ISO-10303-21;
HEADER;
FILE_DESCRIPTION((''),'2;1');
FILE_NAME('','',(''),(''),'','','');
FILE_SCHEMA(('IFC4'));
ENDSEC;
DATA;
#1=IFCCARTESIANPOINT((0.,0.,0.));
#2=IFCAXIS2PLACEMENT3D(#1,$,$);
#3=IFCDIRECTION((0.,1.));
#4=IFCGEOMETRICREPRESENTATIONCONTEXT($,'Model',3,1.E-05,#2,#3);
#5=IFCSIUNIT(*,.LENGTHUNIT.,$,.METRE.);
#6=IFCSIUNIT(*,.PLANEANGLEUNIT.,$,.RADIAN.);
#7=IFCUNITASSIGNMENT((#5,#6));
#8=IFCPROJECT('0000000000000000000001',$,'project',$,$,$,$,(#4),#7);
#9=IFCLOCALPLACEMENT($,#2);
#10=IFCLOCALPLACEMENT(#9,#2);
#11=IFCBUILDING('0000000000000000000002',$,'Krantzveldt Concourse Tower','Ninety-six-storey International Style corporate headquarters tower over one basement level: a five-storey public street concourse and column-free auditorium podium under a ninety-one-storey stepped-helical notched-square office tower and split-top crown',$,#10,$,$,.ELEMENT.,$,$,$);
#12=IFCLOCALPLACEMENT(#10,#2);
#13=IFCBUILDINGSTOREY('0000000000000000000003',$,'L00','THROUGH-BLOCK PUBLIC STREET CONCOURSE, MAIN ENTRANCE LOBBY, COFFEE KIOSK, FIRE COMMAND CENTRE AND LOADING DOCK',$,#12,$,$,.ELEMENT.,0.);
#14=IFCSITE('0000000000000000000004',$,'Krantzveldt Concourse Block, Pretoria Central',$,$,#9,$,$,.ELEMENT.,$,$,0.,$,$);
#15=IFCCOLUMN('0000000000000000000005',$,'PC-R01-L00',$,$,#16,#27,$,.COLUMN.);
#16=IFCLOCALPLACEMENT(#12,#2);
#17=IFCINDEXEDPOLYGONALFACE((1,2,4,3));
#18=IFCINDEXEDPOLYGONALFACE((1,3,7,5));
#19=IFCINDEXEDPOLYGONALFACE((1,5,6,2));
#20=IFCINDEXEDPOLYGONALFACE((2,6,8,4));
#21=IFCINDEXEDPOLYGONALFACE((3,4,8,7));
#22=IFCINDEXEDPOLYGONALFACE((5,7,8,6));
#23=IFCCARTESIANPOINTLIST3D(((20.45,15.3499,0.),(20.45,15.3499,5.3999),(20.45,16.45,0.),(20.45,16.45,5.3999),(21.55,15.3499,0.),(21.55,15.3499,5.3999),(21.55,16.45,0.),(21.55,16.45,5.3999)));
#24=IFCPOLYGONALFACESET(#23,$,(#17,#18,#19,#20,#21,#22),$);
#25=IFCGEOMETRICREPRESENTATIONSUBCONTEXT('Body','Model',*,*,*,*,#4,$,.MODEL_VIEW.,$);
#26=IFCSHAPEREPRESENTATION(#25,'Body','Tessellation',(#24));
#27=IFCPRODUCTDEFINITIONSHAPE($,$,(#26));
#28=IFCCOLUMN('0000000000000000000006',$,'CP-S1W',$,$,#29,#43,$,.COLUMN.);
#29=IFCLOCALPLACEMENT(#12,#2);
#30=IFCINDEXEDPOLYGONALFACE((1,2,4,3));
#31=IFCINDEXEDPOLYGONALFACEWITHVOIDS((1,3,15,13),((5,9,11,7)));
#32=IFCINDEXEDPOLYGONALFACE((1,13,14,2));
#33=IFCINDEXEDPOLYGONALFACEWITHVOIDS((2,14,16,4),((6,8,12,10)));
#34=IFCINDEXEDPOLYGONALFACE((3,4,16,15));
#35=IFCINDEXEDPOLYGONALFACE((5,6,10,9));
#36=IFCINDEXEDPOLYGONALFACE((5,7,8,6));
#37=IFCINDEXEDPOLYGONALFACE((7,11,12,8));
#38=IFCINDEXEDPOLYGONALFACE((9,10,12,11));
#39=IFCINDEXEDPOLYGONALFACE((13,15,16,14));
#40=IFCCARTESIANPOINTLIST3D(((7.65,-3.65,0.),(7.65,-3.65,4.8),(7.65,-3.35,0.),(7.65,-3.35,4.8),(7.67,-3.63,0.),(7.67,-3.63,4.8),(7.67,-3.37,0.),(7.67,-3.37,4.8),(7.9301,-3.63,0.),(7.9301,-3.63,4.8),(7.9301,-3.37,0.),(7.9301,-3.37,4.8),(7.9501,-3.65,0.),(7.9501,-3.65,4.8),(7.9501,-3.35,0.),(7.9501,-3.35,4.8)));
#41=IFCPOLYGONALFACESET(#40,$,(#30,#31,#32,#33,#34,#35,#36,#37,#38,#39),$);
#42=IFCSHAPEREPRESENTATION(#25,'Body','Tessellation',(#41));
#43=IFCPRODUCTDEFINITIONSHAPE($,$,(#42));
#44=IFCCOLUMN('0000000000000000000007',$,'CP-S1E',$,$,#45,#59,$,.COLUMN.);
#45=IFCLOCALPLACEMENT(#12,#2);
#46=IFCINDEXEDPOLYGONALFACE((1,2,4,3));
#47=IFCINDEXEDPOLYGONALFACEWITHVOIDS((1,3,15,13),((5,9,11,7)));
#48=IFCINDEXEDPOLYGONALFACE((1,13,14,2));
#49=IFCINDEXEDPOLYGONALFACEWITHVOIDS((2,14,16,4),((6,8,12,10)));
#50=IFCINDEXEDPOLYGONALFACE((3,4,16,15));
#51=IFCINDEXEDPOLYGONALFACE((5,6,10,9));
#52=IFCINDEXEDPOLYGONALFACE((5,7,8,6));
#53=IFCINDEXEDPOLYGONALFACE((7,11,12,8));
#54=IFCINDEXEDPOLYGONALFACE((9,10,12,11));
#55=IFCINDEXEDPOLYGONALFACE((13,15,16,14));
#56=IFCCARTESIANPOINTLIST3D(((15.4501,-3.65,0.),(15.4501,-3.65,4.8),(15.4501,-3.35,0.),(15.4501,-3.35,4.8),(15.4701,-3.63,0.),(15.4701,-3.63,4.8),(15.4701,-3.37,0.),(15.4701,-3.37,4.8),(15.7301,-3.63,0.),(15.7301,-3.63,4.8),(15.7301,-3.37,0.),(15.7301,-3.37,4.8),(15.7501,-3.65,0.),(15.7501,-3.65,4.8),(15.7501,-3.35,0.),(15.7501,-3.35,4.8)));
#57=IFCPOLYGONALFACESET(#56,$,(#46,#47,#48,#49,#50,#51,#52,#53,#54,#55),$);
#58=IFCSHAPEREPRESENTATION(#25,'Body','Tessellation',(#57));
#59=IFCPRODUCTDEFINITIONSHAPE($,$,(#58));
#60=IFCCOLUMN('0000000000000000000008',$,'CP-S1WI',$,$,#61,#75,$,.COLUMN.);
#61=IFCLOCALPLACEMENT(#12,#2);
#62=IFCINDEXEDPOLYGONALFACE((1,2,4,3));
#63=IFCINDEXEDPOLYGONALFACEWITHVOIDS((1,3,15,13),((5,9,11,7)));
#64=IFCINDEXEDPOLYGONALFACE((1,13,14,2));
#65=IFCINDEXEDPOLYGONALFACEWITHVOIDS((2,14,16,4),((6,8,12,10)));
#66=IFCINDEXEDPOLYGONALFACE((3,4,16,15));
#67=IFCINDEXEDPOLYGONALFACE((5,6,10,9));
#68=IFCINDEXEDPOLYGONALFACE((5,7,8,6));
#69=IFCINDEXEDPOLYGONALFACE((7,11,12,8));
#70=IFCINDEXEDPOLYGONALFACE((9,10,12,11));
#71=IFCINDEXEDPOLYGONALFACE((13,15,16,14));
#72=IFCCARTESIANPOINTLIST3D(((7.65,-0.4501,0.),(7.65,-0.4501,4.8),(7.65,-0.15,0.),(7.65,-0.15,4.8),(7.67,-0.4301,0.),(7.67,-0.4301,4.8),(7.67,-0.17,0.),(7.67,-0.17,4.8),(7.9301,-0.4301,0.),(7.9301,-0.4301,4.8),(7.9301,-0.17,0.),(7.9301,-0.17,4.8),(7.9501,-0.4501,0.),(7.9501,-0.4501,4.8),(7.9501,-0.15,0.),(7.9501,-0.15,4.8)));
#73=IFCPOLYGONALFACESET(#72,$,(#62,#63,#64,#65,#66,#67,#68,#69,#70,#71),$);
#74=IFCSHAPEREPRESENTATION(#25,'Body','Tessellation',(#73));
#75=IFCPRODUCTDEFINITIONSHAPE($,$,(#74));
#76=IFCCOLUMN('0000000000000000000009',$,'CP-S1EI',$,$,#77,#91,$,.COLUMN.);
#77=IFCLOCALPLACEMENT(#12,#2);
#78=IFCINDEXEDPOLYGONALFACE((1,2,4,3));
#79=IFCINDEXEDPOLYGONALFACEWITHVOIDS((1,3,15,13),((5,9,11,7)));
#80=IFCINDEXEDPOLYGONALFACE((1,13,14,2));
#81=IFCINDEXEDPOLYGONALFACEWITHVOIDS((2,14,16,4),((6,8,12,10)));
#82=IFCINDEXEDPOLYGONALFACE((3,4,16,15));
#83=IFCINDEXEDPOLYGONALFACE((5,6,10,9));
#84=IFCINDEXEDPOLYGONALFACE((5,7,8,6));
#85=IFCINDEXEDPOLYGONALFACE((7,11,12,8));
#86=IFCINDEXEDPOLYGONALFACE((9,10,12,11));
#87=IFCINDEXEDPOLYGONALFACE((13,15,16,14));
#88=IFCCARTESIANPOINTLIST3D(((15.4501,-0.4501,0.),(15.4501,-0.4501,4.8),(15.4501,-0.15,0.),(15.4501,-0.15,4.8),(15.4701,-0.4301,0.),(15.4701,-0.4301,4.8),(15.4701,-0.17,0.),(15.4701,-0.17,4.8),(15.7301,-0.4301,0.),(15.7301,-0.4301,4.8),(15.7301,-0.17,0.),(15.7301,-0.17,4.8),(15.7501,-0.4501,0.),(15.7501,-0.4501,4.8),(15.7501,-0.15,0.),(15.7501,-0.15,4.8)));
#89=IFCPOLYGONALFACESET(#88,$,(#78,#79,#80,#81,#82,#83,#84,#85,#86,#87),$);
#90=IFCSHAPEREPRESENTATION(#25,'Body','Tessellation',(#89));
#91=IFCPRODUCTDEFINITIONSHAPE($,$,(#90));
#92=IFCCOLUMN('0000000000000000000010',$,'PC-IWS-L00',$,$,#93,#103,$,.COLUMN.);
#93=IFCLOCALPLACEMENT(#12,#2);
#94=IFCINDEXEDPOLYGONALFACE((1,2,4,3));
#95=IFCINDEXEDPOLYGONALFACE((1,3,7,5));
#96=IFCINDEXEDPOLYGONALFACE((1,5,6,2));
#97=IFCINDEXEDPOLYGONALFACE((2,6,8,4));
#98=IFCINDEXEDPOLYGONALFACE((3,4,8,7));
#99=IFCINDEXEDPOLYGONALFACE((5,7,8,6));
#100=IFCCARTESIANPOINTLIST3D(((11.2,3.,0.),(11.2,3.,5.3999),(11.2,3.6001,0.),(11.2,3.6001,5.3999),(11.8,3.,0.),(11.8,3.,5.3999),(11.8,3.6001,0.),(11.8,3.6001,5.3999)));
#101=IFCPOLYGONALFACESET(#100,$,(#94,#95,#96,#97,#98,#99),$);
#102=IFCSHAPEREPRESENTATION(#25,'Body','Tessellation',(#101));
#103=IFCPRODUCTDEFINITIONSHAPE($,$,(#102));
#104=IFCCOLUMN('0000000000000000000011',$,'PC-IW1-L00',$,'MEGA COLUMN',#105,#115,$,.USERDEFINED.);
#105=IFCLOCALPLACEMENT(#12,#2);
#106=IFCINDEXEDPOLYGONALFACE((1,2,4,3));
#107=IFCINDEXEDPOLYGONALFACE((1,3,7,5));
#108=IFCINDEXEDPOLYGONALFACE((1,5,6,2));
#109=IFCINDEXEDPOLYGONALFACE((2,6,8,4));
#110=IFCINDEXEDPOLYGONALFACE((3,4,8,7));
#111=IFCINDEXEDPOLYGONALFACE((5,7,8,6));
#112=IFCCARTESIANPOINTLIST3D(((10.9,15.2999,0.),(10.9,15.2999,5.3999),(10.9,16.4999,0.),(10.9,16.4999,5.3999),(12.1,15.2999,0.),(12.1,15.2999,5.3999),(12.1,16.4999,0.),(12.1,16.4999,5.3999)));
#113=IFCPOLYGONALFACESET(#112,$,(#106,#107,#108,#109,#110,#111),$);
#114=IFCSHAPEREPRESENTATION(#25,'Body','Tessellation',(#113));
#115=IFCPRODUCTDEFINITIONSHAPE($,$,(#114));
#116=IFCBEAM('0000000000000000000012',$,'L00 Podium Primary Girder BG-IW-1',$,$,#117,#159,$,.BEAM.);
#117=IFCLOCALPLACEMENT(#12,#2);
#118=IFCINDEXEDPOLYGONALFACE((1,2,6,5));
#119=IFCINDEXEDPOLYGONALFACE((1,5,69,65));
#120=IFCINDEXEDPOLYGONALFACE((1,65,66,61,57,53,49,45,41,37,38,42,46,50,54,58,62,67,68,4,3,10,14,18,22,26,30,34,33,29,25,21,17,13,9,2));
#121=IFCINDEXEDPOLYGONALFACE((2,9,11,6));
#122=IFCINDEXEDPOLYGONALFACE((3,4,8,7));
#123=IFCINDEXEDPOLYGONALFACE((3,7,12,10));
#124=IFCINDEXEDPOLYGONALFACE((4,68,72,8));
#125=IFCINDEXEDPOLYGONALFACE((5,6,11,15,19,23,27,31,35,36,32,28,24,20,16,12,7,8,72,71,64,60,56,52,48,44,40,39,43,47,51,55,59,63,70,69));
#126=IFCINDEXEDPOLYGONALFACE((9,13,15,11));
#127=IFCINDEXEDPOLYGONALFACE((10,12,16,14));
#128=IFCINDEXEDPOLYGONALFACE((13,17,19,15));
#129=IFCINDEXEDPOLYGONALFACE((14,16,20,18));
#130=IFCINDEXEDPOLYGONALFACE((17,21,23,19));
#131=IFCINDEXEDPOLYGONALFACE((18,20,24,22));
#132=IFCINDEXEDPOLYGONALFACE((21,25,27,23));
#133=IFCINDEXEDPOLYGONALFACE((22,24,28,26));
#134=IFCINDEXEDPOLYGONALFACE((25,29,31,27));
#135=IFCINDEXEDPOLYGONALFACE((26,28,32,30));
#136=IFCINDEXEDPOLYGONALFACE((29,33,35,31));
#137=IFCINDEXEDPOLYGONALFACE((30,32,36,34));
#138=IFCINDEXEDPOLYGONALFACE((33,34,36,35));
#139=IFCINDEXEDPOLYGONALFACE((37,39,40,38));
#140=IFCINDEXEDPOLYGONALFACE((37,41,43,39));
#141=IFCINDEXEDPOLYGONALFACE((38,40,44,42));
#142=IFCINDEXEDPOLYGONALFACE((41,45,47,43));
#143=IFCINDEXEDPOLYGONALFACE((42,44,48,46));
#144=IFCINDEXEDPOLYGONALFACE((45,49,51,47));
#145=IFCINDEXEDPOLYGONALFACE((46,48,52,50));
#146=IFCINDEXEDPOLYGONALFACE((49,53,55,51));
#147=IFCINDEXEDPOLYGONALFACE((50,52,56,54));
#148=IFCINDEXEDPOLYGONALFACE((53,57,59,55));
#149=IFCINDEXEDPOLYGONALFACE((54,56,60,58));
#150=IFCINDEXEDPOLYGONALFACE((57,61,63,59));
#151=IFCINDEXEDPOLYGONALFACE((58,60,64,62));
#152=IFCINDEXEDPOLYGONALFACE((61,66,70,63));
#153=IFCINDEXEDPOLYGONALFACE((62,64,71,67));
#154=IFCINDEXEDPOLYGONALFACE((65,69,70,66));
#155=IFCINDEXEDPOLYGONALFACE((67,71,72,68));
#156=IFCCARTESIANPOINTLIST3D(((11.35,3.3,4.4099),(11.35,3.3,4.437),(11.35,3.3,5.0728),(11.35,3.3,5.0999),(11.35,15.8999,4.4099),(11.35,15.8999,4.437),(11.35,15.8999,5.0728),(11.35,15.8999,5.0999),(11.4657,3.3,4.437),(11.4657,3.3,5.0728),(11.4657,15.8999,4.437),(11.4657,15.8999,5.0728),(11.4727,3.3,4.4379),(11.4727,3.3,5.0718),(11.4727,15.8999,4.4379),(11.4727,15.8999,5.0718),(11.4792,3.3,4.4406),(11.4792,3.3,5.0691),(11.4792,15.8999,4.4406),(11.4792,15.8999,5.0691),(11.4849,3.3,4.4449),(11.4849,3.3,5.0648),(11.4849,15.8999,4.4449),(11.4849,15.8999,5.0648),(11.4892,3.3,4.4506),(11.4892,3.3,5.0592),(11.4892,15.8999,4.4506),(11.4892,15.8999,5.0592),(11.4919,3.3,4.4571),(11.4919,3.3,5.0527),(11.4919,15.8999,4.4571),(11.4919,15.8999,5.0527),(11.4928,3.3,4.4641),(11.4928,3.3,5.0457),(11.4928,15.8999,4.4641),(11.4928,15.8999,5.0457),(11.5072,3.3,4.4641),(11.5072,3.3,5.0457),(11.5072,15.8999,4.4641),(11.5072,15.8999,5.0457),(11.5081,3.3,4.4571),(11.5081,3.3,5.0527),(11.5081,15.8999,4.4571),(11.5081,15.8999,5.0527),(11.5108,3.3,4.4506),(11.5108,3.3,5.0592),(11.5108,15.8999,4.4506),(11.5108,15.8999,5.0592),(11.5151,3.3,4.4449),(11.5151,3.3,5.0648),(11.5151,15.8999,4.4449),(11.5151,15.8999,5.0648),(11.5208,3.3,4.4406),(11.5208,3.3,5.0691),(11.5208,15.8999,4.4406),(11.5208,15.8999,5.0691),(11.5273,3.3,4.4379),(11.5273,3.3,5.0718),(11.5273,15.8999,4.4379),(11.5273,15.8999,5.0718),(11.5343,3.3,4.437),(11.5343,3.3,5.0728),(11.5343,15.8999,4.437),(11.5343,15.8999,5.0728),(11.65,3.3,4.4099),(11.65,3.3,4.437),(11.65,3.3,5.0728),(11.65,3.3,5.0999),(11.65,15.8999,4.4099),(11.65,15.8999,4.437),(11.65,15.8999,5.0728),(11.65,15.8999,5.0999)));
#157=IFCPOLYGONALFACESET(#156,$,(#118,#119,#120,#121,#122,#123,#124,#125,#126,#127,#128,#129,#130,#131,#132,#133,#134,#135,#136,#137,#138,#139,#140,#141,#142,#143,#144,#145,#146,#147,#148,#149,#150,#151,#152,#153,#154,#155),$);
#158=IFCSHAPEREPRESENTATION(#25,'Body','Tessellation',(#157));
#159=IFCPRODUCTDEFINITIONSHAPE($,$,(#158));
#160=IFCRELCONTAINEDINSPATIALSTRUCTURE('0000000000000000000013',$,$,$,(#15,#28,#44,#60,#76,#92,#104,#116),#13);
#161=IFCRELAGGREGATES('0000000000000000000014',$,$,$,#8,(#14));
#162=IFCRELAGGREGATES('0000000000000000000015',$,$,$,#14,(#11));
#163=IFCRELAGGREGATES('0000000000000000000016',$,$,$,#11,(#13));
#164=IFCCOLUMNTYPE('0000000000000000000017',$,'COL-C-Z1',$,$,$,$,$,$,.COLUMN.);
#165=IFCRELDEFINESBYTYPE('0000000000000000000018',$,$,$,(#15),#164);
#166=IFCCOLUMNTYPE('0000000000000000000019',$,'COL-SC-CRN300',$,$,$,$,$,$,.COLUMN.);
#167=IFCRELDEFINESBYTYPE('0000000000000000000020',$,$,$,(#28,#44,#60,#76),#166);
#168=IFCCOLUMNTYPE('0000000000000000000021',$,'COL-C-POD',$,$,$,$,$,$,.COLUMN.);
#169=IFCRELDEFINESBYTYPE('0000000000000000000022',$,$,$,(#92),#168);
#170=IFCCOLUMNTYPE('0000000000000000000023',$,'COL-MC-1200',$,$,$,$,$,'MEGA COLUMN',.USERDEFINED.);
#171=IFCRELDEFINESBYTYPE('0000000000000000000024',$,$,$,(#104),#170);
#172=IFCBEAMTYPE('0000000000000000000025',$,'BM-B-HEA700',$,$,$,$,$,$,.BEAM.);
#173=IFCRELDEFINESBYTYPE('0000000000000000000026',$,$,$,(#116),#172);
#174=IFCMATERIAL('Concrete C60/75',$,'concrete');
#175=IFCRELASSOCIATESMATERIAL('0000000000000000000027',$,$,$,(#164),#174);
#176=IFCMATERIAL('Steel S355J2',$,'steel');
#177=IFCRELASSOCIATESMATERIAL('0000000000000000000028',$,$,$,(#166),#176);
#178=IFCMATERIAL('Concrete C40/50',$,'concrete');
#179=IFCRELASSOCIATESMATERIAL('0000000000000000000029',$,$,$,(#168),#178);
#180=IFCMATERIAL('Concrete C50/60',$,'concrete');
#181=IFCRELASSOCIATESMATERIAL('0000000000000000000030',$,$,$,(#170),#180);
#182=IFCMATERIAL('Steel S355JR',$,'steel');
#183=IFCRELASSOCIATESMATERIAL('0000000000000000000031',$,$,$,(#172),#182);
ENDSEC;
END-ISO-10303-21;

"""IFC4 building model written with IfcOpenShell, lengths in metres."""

from ifc_helpers import new_model, si_unit, direction, frame, origin, origin_2d, place, context, subcontext, project, spatial, rectangle, hollow_rectangle, i_section, extrude, source, transform, mapped, material, material_profile, profile_set, type_object, type_shapes, element, save


model = new_model("IFC4")

# Units and contexts
model_context = context("Model", 3, precision=1e-05, world=origin(), true_north=direction((0.0, 1.0)))
body_context = subcontext(model_context, "Body", "Model", "MODEL_VIEW")
ifc_project = project(units=[si_unit("LENGTHUNIT", "METRE"), si_unit("PLANEANGLEUNIT", "RADIAN")], contexts=[model_context])

# Site, building, storey
site_placement = place(None, origin())
site = spatial("IfcSite", under=ifc_project, at=site_placement, Name="Krantzveldt Concourse Block, Pretoria Central", CompositionType="ELEMENT", RefElevation=0.0)
building_placement = place(site_placement, origin())
building = spatial("IfcBuilding", under=site, at=building_placement, Name="Krantzveldt Concourse Tower", Description="Ninety-six-storey International Style corporate headquarters tower over one basement level: a five-storey public street concourse and column-free auditorium podium under a ninety-one-storey stepped-helical notched-square office tower and split-top crown", CompositionType="ELEMENT")
storey_placement = place(building_placement, origin())
storey = spatial("IfcBuildingStorey", under=building, at=storey_placement, Name="L00", Description="THROUGH-BLOCK PUBLIC STREET CONCOURSE, MAIN ENTRANCE LOBBY, COFFEE KIOSK, FIRE COMMAND CENTRE AND LOADING DOCK", CompositionType="ELEMENT", Elevation=0.0)

# Columns
ifc_material_1 = material(Name="Concrete C60/75", Category="concrete")
ifc_material_profile_1 = material_profile(ifc_material_1, rectangle(XDim=1.1001, YDim=1.1001, at=origin_2d()), Name="Concrete C60/75", Category="concrete")
ifc_profile_set_1 = profile_set([ifc_material_profile_1], Name="Concrete C60/75 - RC 1100x1100")
column_type_1 = type_object("IfcColumnType", Name="COL-C-Z1", PredefinedType="COLUMN", material=ifc_profile_set_1)
shared_shape_1 = source(origin(), body_context, "Body", "SweptSolid", [
    extrude(rectangle(XDim=1.1001, YDim=1.1001, at=origin_2d()), origin(), (0.0, 0.0, 1.0), 5.3999),
])
type_shapes(column_type_1, [shared_shape_1])
column_1_placement = place(storey_placement, frame((21.0, 15.8999, 0.0), z_axis=(0.0, 0.0, 1.0), x_axis=(1.0, 0.0, 0.0)))
element("IfcColumn", 1, at=column_1_placement, inside=storey, type_object=column_type_1, Name="PC-R01-L00", PredefinedType="COLUMN", context=body_context, shape_type="MappedRepresentation", body=[
    mapped(shared_shape_1, transform((0.0, 0.0, 0.0), x_axis=(1.0, 0.0, 0.0), y_axis=(0.0, 1.0, 0.0), z_axis=(0.0, 0.0, 1.0), scale=1.0)),
])
ifc_material_2 = material(Name="Steel S355J2", Category="steel")
ifc_material_profile_2 = material_profile(ifc_material_2, hollow_rectangle(XDim=0.3, YDim=0.3, WallThickness=0.02, at=origin_2d()), Name="Steel S355J2", Category="steel")
ifc_profile_set_2 = profile_set([ifc_material_profile_2], Name="Steel S355J2 - SHS 300x300x20")
column_type_2 = type_object("IfcColumnType", Name="COL-SC-CRN300", PredefinedType="COLUMN", material=ifc_profile_set_2)
shared_shape_2 = source(origin(), body_context, "Body", "SweptSolid", [
    extrude(hollow_rectangle(XDim=0.3, YDim=0.3, WallThickness=0.02, at=origin_2d()), origin(), (0.0, 0.0, 1.0), 4.8),
])
type_shapes(column_type_2, [shared_shape_2])
for number, where, z_axis, x_axis, name in (
    (2, (7.8, -3.5, 0.0), (0.0, 0.0, 1.0), (1.0, 0.0, 0.0), "CP-S1W"),
    (3, (15.6001, -3.5, 0.0), (0.0, 0.0, 1.0), (1.0, 0.0, 0.0), "CP-S1E"),
    (4, (7.8, -0.3, 0.0), (0.0, 0.0, 1.0), (1.0, 0.0, 0.0), "CP-S1WI"),
    (5, (15.6001, -0.3, 0.0), (0.0, 0.0, 1.0), (1.0, 0.0, 0.0), "CP-S1EI"),
):
    element("IfcColumn", number, at=place(storey_placement, frame(where, z_axis=z_axis, x_axis=x_axis)), inside=storey, type_object=column_type_2, Name=name, PredefinedType="COLUMN", context=body_context, shape_type="MappedRepresentation", body=[
        mapped(shared_shape_2, transform((0.0, 0.0, 0.0), x_axis=(1.0, 0.0, 0.0), y_axis=(0.0, 1.0, 0.0), z_axis=(0.0, 0.0, 1.0), scale=1.0)),
    ])
ifc_material_3 = material(Name="Concrete C40/50", Category="concrete")
ifc_material_profile_3 = material_profile(ifc_material_3, rectangle(XDim=0.6001, YDim=0.6001, at=origin_2d()), Name="Concrete C40/50", Category="concrete")
ifc_profile_set_3 = profile_set([ifc_material_profile_3], Name="Concrete C40/50 - RC 600x600")
column_type_3 = type_object("IfcColumnType", Name="COL-C-POD", PredefinedType="COLUMN", material=ifc_profile_set_3)
shared_shape_3 = source(origin(), body_context, "Body", "SweptSolid", [
    extrude(rectangle(XDim=0.6001, YDim=0.6001, at=origin_2d()), origin(), (0.0, 0.0, 1.0), 5.3999),
])
type_shapes(column_type_3, [shared_shape_3])
column_2_placement = place(storey_placement, frame((11.5, 3.3, 0.0), z_axis=(0.0, 0.0, 1.0), x_axis=(1.0, 0.0, 0.0)))
element("IfcColumn", 6, at=column_2_placement, inside=storey, type_object=column_type_3, Name="PC-IWS-L00", PredefinedType="COLUMN", context=body_context, shape_type="MappedRepresentation", body=[
    mapped(shared_shape_3, transform((0.0, 0.0, 0.0), x_axis=(1.0, 0.0, 0.0), y_axis=(0.0, 1.0, 0.0), z_axis=(0.0, 0.0, 1.0), scale=1.0)),
])
ifc_material_4 = material(Name="Concrete C50/60", Category="concrete")
ifc_material_profile_4 = material_profile(ifc_material_4, rectangle(XDim=1.2, YDim=1.2, at=origin_2d()), Name="Concrete C50/60", Category="concrete")
ifc_profile_set_4 = profile_set([ifc_material_profile_4], Name="Concrete C50/60 - RC 1200x1200")
column_type_4 = type_object("IfcColumnType", Name="COL-MC-1200", ElementType="MEGA COLUMN", PredefinedType="USERDEFINED", material=ifc_profile_set_4)
shared_shape_4 = source(origin(), body_context, "Body", "SweptSolid", [
    extrude(rectangle(XDim=1.2, YDim=1.2, at=origin_2d()), origin(), (0.0, 0.0, 1.0), 5.3999),
])
type_shapes(column_type_4, [shared_shape_4])
column_3_placement = place(storey_placement, frame((11.5, 15.8999, 0.0), z_axis=(0.0, 0.0, 1.0), x_axis=(1.0, 0.0, 0.0)))
element("IfcColumn", 7, at=column_3_placement, inside=storey, type_object=column_type_4, Name="PC-IW1-L00", ObjectType="MEGA COLUMN", PredefinedType="USERDEFINED", context=body_context, shape_type="MappedRepresentation", body=[
    mapped(shared_shape_4, transform((0.0, 0.0, 0.0), x_axis=(1.0, 0.0, 0.0), y_axis=(0.0, 1.0, 0.0), z_axis=(0.0, 0.0, 1.0), scale=1.0)),
])

# Beam
ifc_material_5 = material(Name="Steel S355JR", Category="steel")
ifc_material_profile_5 = material_profile(ifc_material_5, i_section(OverallWidth=0.3, OverallDepth=0.6899, WebThickness=0.0144, FlangeThickness=0.0271, FilletRadius=0.0271, at=origin_2d()), Name="Steel S355JR", Category="steel")
ifc_profile_set_5 = profile_set([ifc_material_profile_5], Name="Steel S355JR - HEA 700")
beam_type_1 = type_object("IfcBeamType", Name="BM-B-HEA700", PredefinedType="BEAM", material=ifc_profile_set_5)
shared_shape_5 = source(origin(), body_context, "Body", "SweptSolid", [
    extrude(i_section(OverallWidth=0.3, OverallDepth=0.6899, WebThickness=0.0144, FlangeThickness=0.0271, FilletRadius=0.0271, at=origin_2d()), origin(), (0.0, 0.0, 1.0), 12.5999),
])
type_shapes(beam_type_1, [shared_shape_5])
beam_1_placement = place(storey_placement, frame((11.5, 3.3, 4.7549), z_axis=(0.0, 1.0, 0.0), x_axis=(-1.0, 0.0, 0.0)))
element("IfcBeam", 8, at=beam_1_placement, inside=storey, type_object=beam_type_1, Name="L00 Podium Primary Girder BG-IW-1", PredefinedType="BEAM", context=body_context, shape_type="MappedRepresentation", body=[
    mapped(shared_shape_5, transform((0.0, 0.0, 0.0), x_axis=(1.0, 0.0, 0.0), y_axis=(0.0, 1.0, 0.0), z_axis=(0.0, 0.0, 1.0), scale=1.0)),
])

save(model, "model.ifc")
